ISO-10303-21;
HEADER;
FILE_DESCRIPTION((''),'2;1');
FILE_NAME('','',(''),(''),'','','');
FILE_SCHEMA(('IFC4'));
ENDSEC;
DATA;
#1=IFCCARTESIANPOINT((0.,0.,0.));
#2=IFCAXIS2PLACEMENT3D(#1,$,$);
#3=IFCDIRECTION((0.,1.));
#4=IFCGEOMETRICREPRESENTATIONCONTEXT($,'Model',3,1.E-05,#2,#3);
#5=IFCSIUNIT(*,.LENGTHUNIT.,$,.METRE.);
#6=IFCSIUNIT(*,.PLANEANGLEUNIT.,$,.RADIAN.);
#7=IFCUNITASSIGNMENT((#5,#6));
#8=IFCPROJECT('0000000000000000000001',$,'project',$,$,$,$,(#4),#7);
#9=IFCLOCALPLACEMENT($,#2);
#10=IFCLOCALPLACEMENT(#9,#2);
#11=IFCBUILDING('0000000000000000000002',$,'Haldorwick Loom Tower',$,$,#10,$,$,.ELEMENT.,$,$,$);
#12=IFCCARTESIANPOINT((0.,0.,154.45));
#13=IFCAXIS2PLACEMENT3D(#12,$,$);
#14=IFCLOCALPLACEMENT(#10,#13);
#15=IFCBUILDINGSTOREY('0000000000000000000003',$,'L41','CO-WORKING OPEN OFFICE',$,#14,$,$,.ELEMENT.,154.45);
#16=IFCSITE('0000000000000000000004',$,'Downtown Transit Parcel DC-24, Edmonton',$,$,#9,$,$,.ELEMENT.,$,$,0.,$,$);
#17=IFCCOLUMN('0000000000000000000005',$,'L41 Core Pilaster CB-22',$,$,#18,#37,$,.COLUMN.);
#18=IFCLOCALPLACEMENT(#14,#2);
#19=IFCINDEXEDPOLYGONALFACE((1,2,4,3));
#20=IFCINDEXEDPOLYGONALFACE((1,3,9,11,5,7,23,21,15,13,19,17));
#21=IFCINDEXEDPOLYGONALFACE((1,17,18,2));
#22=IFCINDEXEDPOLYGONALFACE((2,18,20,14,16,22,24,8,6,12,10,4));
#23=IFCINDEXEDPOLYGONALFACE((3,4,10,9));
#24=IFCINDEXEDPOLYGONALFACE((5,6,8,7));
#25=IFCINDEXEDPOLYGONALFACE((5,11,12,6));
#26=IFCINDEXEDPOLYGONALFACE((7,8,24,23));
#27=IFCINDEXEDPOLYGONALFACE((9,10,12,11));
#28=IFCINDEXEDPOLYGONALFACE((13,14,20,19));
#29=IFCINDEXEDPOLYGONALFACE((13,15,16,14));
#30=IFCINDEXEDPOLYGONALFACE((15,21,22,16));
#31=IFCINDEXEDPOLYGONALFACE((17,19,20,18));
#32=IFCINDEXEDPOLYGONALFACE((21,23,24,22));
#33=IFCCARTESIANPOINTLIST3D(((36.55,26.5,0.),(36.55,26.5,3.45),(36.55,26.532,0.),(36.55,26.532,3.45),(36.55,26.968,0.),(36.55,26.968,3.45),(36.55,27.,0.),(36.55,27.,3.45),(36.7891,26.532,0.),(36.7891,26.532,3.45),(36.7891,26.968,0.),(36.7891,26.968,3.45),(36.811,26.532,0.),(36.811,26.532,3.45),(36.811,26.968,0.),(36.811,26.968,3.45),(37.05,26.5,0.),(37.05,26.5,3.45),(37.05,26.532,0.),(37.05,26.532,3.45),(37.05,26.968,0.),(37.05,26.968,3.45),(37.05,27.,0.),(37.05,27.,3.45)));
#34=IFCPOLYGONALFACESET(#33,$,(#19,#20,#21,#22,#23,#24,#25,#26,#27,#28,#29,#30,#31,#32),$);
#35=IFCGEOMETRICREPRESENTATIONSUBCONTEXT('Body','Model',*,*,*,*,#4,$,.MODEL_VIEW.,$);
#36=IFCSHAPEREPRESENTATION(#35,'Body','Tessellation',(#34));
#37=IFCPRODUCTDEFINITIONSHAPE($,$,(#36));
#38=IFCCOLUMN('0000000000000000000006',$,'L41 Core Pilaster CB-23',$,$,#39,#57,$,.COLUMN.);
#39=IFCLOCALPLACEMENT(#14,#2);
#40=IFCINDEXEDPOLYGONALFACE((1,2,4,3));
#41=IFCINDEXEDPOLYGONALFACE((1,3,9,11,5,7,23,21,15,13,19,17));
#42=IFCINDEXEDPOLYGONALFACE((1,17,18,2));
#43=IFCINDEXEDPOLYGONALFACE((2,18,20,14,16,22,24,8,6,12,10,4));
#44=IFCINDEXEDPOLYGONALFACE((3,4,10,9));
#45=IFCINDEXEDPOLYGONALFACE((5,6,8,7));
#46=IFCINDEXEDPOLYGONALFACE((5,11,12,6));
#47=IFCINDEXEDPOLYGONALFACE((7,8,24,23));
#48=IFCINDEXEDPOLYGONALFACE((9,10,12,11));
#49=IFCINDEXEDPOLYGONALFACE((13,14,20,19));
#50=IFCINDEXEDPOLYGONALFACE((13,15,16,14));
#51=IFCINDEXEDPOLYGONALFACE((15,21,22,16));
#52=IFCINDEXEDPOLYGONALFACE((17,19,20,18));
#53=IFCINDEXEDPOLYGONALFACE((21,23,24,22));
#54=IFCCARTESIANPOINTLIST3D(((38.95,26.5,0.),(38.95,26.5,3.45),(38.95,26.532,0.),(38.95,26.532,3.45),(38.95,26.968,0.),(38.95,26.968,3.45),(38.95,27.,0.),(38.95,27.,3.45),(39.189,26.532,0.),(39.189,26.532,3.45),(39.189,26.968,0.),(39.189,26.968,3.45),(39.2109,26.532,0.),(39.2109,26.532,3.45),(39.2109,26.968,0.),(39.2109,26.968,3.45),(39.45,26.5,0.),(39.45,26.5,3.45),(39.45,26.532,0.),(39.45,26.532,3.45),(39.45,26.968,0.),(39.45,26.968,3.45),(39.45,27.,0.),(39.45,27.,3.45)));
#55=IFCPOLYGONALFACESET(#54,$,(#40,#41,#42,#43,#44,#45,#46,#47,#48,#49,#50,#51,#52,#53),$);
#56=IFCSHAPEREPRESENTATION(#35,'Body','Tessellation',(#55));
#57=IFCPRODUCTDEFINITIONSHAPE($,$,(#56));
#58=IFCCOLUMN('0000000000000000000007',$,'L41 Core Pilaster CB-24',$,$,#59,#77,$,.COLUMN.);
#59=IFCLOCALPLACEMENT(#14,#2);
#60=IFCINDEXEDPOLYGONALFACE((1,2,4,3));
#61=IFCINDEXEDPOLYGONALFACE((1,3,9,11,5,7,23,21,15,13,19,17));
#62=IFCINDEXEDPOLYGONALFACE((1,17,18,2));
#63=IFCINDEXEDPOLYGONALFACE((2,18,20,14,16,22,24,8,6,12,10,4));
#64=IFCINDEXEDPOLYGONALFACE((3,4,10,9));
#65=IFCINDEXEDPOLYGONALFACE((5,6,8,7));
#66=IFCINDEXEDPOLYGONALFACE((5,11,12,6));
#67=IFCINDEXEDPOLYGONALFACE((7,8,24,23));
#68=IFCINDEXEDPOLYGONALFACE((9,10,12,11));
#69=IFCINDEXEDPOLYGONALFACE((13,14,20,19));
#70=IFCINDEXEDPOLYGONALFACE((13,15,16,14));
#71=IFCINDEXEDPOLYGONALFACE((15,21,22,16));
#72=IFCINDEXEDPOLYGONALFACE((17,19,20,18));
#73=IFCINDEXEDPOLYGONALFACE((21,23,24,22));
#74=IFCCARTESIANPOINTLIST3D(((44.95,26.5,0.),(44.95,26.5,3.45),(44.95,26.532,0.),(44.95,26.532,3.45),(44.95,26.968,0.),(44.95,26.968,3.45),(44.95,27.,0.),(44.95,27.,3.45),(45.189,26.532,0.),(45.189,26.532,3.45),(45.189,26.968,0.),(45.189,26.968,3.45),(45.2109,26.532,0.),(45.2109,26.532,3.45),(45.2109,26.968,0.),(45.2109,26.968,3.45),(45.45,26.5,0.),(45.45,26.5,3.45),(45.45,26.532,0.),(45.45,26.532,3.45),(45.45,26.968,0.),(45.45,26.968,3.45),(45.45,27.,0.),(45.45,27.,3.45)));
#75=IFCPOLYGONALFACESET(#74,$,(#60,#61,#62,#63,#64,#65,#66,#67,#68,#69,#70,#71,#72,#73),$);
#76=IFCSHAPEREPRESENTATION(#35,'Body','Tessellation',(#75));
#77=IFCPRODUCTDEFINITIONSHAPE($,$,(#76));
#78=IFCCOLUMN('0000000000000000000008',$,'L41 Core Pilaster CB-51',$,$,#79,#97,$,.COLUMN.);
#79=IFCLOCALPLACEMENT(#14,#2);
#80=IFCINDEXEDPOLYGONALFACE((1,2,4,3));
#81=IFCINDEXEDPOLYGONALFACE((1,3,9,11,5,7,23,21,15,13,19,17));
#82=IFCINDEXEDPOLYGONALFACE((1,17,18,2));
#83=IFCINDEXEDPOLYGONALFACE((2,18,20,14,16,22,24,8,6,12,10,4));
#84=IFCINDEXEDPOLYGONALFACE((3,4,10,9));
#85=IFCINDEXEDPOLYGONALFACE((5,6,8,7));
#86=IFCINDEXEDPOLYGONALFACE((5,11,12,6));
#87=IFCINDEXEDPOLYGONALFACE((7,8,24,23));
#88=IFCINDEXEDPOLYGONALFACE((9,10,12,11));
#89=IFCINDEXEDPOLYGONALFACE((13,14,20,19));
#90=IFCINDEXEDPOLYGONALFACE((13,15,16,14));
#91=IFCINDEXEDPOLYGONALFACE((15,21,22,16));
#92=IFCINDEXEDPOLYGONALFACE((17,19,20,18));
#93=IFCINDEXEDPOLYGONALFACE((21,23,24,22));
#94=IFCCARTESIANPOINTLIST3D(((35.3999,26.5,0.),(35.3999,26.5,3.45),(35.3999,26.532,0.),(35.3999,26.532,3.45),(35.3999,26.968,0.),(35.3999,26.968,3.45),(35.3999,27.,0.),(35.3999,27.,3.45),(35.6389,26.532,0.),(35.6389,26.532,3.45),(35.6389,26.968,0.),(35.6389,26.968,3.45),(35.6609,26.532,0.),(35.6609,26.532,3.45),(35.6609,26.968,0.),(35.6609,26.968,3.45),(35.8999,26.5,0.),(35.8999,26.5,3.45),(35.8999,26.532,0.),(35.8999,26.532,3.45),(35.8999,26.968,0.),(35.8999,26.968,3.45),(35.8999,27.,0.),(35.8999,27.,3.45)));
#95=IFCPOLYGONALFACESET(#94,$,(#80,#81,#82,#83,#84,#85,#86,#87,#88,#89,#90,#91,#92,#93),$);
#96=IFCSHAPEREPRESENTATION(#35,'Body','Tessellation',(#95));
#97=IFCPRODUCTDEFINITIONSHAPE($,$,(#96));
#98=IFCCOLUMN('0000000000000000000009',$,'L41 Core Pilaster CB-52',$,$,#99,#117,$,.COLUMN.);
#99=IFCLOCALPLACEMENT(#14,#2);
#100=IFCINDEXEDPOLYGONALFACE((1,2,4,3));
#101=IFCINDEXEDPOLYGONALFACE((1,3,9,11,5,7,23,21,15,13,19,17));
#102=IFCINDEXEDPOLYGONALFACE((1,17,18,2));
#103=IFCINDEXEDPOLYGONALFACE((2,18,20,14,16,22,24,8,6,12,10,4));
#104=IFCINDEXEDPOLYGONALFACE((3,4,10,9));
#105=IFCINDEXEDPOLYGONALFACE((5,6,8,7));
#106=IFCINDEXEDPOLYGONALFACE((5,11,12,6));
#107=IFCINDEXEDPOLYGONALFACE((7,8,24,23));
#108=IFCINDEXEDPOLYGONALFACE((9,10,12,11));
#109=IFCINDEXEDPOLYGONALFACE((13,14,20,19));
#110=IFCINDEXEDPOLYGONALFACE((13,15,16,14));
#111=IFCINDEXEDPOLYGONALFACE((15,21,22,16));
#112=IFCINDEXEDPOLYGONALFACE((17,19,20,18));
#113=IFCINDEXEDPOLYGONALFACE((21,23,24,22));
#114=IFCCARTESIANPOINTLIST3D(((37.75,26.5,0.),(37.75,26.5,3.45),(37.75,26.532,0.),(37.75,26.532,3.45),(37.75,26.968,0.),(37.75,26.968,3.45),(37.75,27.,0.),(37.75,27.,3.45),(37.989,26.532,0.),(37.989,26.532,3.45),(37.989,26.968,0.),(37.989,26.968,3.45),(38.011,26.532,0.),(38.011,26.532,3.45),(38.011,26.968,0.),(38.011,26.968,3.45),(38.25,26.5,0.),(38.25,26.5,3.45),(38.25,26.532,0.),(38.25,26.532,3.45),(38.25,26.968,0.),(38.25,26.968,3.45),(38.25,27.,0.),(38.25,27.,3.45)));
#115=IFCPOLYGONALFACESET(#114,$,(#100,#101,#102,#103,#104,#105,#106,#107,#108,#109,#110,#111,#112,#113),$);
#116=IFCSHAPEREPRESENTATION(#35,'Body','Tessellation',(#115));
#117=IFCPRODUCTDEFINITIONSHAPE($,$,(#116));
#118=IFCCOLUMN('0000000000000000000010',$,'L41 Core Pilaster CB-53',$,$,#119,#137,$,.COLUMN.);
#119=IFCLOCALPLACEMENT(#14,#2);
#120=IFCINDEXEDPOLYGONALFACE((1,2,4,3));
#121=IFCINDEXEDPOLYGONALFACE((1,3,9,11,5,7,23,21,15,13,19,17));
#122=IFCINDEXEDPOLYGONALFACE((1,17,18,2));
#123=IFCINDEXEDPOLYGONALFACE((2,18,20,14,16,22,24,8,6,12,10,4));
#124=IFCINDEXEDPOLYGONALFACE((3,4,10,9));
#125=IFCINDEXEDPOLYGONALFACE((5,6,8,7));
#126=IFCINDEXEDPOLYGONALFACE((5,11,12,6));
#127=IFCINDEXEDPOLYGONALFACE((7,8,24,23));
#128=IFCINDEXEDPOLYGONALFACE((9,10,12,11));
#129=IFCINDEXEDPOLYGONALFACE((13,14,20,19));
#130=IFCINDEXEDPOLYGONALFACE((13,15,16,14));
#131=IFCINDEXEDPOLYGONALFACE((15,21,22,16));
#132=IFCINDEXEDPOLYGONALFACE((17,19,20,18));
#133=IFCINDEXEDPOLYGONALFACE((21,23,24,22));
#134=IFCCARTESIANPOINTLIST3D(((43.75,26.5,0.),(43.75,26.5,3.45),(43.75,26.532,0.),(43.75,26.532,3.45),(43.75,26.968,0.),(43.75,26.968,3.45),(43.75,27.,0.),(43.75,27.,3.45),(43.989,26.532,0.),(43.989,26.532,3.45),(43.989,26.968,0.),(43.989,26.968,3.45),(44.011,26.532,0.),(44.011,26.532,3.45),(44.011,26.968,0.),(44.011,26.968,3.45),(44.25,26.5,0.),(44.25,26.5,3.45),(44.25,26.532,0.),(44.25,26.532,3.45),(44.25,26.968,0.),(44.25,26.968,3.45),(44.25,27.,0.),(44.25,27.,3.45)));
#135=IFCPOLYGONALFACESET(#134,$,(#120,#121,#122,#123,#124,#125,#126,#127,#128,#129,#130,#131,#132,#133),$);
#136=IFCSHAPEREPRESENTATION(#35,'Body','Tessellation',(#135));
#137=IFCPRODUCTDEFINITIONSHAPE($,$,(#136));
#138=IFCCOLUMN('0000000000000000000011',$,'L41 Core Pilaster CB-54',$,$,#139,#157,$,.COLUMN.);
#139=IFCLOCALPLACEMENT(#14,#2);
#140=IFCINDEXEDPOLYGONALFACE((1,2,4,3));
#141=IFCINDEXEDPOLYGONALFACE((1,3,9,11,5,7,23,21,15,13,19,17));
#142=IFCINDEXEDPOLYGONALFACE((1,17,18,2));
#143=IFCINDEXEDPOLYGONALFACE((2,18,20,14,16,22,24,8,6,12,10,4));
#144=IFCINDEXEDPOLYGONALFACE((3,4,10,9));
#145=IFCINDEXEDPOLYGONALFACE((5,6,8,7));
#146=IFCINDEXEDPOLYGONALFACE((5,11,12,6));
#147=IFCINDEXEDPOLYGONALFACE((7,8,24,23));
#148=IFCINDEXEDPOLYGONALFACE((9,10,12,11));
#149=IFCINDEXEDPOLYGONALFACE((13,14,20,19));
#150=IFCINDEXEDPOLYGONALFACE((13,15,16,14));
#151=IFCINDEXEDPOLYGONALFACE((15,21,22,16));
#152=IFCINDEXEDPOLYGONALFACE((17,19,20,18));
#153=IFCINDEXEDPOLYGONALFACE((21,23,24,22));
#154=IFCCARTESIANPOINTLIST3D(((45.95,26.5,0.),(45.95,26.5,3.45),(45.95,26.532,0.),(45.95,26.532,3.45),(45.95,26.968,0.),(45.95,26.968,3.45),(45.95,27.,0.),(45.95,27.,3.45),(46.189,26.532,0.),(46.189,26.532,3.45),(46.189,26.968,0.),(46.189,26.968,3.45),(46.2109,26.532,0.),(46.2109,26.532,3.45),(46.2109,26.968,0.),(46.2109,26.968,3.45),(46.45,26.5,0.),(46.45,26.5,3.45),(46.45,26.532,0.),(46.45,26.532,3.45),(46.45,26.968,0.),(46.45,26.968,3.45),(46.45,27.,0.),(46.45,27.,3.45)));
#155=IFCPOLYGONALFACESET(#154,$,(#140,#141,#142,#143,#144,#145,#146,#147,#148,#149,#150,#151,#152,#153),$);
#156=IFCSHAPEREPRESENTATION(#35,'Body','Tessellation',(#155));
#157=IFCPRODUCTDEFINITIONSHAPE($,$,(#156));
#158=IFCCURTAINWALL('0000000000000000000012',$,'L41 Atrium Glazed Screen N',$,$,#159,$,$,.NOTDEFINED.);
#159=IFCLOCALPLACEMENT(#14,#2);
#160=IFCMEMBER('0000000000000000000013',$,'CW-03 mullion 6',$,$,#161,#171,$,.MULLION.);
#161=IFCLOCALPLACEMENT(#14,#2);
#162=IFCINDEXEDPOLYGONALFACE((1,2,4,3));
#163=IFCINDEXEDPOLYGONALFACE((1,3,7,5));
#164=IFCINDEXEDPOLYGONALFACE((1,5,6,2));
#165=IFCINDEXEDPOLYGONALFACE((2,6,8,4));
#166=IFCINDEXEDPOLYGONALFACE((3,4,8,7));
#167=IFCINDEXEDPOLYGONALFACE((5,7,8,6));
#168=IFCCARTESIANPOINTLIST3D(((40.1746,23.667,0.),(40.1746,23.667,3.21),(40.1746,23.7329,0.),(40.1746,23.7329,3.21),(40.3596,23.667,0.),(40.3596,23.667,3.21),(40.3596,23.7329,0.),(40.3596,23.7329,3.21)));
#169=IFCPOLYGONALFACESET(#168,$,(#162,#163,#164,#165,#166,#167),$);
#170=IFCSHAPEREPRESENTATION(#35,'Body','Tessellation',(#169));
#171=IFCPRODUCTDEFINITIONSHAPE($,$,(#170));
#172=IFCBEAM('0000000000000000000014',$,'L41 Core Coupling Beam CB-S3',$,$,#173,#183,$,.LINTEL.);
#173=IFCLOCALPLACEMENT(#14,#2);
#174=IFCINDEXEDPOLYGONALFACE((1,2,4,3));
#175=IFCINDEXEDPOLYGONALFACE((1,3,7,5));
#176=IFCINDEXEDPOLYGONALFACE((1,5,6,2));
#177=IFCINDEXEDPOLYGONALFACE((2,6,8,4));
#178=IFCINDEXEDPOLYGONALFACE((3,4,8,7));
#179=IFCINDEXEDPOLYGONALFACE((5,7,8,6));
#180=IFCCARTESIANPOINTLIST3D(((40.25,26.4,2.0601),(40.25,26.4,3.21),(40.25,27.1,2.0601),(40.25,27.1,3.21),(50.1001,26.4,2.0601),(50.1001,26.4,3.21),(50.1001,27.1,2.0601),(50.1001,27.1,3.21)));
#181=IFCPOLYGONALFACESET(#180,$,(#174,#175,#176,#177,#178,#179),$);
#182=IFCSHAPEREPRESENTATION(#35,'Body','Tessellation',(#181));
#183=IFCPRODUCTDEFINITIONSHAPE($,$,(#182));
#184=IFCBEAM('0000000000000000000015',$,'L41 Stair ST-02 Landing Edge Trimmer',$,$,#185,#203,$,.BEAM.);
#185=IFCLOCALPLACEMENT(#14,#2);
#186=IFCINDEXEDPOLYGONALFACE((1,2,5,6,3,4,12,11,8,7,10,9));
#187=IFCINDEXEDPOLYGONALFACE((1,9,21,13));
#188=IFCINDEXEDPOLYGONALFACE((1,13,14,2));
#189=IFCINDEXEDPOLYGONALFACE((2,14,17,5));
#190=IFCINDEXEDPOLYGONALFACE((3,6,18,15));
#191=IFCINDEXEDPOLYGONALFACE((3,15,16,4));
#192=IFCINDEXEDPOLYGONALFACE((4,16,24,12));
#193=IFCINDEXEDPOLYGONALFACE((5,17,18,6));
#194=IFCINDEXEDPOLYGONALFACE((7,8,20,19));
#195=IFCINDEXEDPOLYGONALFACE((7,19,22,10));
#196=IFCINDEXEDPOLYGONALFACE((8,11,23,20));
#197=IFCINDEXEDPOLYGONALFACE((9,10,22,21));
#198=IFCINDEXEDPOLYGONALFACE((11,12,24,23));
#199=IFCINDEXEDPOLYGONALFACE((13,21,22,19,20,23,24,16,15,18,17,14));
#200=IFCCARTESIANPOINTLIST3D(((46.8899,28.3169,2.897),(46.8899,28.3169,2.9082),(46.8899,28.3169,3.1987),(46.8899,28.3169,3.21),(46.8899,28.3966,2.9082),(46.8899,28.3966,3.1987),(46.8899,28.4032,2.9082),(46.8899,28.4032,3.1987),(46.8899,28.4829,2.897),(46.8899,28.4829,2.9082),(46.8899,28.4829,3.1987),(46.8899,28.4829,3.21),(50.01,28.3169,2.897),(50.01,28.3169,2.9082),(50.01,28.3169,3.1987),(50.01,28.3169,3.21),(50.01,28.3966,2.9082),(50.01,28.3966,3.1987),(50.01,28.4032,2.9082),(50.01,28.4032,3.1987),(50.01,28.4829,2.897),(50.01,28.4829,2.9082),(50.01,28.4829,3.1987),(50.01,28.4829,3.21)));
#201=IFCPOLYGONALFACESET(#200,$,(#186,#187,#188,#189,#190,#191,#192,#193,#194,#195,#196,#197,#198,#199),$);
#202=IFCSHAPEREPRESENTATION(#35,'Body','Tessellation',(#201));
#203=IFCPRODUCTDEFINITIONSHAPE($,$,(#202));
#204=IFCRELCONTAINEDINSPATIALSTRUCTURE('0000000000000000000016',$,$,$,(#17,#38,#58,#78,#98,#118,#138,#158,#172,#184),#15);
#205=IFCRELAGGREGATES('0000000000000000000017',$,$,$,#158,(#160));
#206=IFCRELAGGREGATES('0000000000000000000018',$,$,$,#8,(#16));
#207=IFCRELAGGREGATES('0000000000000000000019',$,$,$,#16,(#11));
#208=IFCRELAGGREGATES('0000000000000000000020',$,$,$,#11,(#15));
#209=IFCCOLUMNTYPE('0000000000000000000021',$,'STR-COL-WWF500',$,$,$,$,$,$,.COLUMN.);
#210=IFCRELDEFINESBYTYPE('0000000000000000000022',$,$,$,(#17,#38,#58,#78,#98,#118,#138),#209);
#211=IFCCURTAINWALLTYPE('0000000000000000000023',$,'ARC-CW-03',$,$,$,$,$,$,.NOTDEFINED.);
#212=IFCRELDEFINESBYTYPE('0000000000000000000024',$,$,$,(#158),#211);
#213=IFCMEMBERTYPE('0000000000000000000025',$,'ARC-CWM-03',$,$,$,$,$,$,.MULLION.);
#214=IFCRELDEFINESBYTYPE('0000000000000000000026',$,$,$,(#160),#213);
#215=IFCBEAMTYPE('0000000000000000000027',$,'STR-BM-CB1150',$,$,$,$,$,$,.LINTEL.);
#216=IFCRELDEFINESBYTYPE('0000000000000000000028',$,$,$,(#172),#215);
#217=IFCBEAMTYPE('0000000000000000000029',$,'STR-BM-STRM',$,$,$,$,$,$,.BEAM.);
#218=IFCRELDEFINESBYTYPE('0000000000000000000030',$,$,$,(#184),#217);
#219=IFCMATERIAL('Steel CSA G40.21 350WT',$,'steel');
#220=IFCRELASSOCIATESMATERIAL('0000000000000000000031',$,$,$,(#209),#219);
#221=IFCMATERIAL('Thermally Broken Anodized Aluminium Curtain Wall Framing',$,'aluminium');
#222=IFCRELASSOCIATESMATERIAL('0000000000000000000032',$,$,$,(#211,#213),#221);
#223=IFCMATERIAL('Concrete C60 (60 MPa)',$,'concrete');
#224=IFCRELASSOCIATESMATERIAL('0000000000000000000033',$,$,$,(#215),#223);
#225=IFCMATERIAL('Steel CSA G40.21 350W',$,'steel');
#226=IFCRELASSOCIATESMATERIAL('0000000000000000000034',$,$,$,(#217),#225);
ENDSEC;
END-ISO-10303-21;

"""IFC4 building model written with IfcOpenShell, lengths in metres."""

from ifc_helpers import new_model, si_unit, direction, frame, origin, origin_2d, place, context, subcontext, project, spatial, rectangle, i_section, extrude, material, material_profile, profile_set, type_object, element, aggregate, save


model = new_model("IFC4")

# Units and contexts
model_context = context("Model", 3, precision=1e-05, world=origin(), true_north=direction((0.0, 1.0)))
body_context = subcontext(model_context, "Body", "Model", "MODEL_VIEW")
ifc_project = project(units=[si_unit("LENGTHUNIT", "METRE"), si_unit("PLANEANGLEUNIT", "RADIAN")], contexts=[model_context])

# Site, building, storey
site_placement = place(None, origin())
site = spatial("IfcSite", under=ifc_project, at=site_placement, Name="Downtown Transit Parcel DC-24, Edmonton", CompositionType="ELEMENT", RefElevation=0.0)
building_placement = place(site_placement, origin())
building = spatial("IfcBuilding", under=site, at=building_placement, Name="Haldorwick Loom Tower", CompositionType="ELEMENT")
storey_placement = place(building_placement, frame((0.0, 0.0, 154.45)))
storey = spatial("IfcBuildingStorey", under=building, at=storey_placement, Name="L41", Description="CO-WORKING OPEN OFFICE", CompositionType="ELEMENT", Elevation=154.45)

# Columns
ifc_material_1 = material(Name="Steel CSA G40.21 350WT", Category="steel")
ifc_material_profile_1 = material_profile(ifc_material_1, i_section(OverallWidth=0.5, OverallDepth=0.5, WebThickness=0.022, FlangeThickness=0.032, at=origin_2d()), Name="WWF500X500", Category="steel")
ifc_profile_set_1 = profile_set([ifc_material_profile_1], Name="Steel CSA G40.21 350WT")
column_type = type_object("IfcColumnType", Name="STR-COL-WWF500", PredefinedType="COLUMN", material=ifc_profile_set_1)
for number, where, z_axis, x_axis, name in (
    (1, (36.8, 26.75, 0.0), (0.0, 0.0, 1.0), (1.0, 0.0, 0.0), "L41 Core Pilaster CB-22"),
    (2, (39.2, 26.75, 0.0), (0.0, 0.0, 1.0), (1.0, 0.0, 0.0), "L41 Core Pilaster CB-23"),
    (3, (45.2, 26.75, 0.0), (0.0, 0.0, 1.0), (1.0, 0.0, 0.0), "L41 Core Pilaster CB-24"),
    (4, (35.6499, 26.75, 0.0), (0.0, 0.0, 1.0), (1.0, 0.0, 0.0), "L41 Core Pilaster CB-51"),
    (5, (38.0, 26.75, 0.0), (0.0, 0.0, 1.0), (1.0, 0.0, 0.0), "L41 Core Pilaster CB-52"),
    (6, (44.0, 26.75, 0.0), (0.0, 0.0, 1.0), (1.0, 0.0, 0.0), "L41 Core Pilaster CB-53"),
    (7, (46.2, 26.75, 0.0), (0.0, 0.0, 1.0), (1.0, 0.0, 0.0), "L41 Core Pilaster CB-54"),
):
    element("IfcColumn", number, at=place(storey_placement, frame(where, z_axis=z_axis, x_axis=x_axis)), inside=storey, type_object=column_type, Name=name, PredefinedType="COLUMN", context=body_context, shape_type="SweptSolid", body=[
        extrude(i_section(OverallWidth=0.5, OverallDepth=0.5, WebThickness=0.022, FlangeThickness=0.032, at=origin_2d()), origin(), (0.0, 0.0, 1.0), 3.45),
    ])

# Curtain wall, member
ifc_material_2 = material(Name="Thermally Broken Anodized Aluminium Curtain Wall Framing", Category="aluminium")
curtain_wall_type = type_object("IfcCurtainWallType", Name="ARC-CW-03", PredefinedType="NOTDEFINED", material=ifc_material_2)
curtain_wall_placement = place(storey_placement, origin())
curtain_wall = element("IfcCurtainWall", 8, at=curtain_wall_placement, inside=storey, type_object=curtain_wall_type, Name="L41 Atrium Glazed Screen N", PredefinedType="NOTDEFINED")
ifc_material_profile_2 = material_profile(ifc_material_2, rectangle(XDim=0.0659, YDim=0.1851, at=origin_2d()), Name="ALU_MUL_66X185", Category="aluminium")
ifc_profile_set_2 = profile_set([ifc_material_profile_2], Name="Thermally Broken Anodized Aluminium Curtain Wall Framing")
member_type = type_object("IfcMemberType", Name="ARC-CWM-03", PredefinedType="MULLION", material=ifc_profile_set_2)
member_placement = place(storey_placement, frame((40.2671, 23.7, 0.0), z_axis=(0.0, 0.0, 1.0), x_axis=(0.0, 1.0, 0.0)))
member = element("IfcMember", 9, at=member_placement, type_object=member_type, Name="CW-03 mullion 6", PredefinedType="MULLION", context=body_context, shape_type="SweptSolid", body=[
    extrude(rectangle(XDim=0.0659, YDim=0.1851, at=origin_2d()), origin(), (0.0, 0.0, 1.0), 3.21),
])
aggregate(curtain_wall, [member])

# Beams
ifc_material_3 = material(Name="Concrete C60 (60 MPa)", Category="concrete")
ifc_material_profile_3 = material_profile(ifc_material_3, rectangle(XDim=0.7, YDim=1.1499, at=origin_2d()), Name="RC700X1150", Category="concrete")
ifc_profile_set_3 = profile_set([ifc_material_profile_3], Name="Concrete C60 (60 MPa)")
beam_type_1 = type_object("IfcBeamType", Name="STR-BM-CB1150", PredefinedType="LINTEL", material=ifc_profile_set_3)
beam_placement = place(storey_placement, frame((40.25, 26.75, 2.635), z_axis=(1.0, 0.0, 0.0), x_axis=(0.0, 1.0, 0.0)))
element("IfcBeam", 10, at=beam_placement, inside=storey, type_object=beam_type_1, Name="L41 Core Coupling Beam CB-S3", PredefinedType="LINTEL", context=body_context, shape_type="SweptSolid", body=[
    extrude(rectangle(XDim=0.7, YDim=1.1499, at=origin_2d()), origin(), (0.0, 0.0, 1.0), 9.8501),
])
ifc_material_4 = material(Name="Steel CSA G40.21 350W", Category="steel")
ifc_material_profile_4 = material_profile(ifc_material_4, i_section(OverallWidth=0.166, OverallDepth=0.313, WebThickness=0.0066, FlangeThickness=0.0112, at=origin_2d()), Name="W310X45", Category="steel")
ifc_profile_set_4 = profile_set([ifc_material_profile_4], Name="Steel CSA G40.21 350W")
beam_type_2 = type_object("IfcBeamType", Name="STR-BM-STRM", PredefinedType="BEAM", material=ifc_profile_set_4)
for number, where, z_axis, x_axis, name in (
    (11, (46.8899, 28.3999, 3.0535), (1.0, 0.0, 0.0), (0.0, 1.0, 0.0), "L41 Stair ST-02 Landing Edge Trimmer"),
):
    element("IfcBeam", number, at=place(storey_placement, frame(where, z_axis=z_axis, x_axis=x_axis)), inside=storey, type_object=beam_type_2, Name=name, PredefinedType="BEAM", context=body_context, shape_type="SweptSolid", body=[
        extrude(i_section(OverallWidth=0.166, OverallDepth=0.313, WebThickness=0.0066, FlangeThickness=0.0112, at=origin_2d()), origin(), (0.0, 0.0, 1.0), 3.1201),
    ])

save(model, "model.ifc")
